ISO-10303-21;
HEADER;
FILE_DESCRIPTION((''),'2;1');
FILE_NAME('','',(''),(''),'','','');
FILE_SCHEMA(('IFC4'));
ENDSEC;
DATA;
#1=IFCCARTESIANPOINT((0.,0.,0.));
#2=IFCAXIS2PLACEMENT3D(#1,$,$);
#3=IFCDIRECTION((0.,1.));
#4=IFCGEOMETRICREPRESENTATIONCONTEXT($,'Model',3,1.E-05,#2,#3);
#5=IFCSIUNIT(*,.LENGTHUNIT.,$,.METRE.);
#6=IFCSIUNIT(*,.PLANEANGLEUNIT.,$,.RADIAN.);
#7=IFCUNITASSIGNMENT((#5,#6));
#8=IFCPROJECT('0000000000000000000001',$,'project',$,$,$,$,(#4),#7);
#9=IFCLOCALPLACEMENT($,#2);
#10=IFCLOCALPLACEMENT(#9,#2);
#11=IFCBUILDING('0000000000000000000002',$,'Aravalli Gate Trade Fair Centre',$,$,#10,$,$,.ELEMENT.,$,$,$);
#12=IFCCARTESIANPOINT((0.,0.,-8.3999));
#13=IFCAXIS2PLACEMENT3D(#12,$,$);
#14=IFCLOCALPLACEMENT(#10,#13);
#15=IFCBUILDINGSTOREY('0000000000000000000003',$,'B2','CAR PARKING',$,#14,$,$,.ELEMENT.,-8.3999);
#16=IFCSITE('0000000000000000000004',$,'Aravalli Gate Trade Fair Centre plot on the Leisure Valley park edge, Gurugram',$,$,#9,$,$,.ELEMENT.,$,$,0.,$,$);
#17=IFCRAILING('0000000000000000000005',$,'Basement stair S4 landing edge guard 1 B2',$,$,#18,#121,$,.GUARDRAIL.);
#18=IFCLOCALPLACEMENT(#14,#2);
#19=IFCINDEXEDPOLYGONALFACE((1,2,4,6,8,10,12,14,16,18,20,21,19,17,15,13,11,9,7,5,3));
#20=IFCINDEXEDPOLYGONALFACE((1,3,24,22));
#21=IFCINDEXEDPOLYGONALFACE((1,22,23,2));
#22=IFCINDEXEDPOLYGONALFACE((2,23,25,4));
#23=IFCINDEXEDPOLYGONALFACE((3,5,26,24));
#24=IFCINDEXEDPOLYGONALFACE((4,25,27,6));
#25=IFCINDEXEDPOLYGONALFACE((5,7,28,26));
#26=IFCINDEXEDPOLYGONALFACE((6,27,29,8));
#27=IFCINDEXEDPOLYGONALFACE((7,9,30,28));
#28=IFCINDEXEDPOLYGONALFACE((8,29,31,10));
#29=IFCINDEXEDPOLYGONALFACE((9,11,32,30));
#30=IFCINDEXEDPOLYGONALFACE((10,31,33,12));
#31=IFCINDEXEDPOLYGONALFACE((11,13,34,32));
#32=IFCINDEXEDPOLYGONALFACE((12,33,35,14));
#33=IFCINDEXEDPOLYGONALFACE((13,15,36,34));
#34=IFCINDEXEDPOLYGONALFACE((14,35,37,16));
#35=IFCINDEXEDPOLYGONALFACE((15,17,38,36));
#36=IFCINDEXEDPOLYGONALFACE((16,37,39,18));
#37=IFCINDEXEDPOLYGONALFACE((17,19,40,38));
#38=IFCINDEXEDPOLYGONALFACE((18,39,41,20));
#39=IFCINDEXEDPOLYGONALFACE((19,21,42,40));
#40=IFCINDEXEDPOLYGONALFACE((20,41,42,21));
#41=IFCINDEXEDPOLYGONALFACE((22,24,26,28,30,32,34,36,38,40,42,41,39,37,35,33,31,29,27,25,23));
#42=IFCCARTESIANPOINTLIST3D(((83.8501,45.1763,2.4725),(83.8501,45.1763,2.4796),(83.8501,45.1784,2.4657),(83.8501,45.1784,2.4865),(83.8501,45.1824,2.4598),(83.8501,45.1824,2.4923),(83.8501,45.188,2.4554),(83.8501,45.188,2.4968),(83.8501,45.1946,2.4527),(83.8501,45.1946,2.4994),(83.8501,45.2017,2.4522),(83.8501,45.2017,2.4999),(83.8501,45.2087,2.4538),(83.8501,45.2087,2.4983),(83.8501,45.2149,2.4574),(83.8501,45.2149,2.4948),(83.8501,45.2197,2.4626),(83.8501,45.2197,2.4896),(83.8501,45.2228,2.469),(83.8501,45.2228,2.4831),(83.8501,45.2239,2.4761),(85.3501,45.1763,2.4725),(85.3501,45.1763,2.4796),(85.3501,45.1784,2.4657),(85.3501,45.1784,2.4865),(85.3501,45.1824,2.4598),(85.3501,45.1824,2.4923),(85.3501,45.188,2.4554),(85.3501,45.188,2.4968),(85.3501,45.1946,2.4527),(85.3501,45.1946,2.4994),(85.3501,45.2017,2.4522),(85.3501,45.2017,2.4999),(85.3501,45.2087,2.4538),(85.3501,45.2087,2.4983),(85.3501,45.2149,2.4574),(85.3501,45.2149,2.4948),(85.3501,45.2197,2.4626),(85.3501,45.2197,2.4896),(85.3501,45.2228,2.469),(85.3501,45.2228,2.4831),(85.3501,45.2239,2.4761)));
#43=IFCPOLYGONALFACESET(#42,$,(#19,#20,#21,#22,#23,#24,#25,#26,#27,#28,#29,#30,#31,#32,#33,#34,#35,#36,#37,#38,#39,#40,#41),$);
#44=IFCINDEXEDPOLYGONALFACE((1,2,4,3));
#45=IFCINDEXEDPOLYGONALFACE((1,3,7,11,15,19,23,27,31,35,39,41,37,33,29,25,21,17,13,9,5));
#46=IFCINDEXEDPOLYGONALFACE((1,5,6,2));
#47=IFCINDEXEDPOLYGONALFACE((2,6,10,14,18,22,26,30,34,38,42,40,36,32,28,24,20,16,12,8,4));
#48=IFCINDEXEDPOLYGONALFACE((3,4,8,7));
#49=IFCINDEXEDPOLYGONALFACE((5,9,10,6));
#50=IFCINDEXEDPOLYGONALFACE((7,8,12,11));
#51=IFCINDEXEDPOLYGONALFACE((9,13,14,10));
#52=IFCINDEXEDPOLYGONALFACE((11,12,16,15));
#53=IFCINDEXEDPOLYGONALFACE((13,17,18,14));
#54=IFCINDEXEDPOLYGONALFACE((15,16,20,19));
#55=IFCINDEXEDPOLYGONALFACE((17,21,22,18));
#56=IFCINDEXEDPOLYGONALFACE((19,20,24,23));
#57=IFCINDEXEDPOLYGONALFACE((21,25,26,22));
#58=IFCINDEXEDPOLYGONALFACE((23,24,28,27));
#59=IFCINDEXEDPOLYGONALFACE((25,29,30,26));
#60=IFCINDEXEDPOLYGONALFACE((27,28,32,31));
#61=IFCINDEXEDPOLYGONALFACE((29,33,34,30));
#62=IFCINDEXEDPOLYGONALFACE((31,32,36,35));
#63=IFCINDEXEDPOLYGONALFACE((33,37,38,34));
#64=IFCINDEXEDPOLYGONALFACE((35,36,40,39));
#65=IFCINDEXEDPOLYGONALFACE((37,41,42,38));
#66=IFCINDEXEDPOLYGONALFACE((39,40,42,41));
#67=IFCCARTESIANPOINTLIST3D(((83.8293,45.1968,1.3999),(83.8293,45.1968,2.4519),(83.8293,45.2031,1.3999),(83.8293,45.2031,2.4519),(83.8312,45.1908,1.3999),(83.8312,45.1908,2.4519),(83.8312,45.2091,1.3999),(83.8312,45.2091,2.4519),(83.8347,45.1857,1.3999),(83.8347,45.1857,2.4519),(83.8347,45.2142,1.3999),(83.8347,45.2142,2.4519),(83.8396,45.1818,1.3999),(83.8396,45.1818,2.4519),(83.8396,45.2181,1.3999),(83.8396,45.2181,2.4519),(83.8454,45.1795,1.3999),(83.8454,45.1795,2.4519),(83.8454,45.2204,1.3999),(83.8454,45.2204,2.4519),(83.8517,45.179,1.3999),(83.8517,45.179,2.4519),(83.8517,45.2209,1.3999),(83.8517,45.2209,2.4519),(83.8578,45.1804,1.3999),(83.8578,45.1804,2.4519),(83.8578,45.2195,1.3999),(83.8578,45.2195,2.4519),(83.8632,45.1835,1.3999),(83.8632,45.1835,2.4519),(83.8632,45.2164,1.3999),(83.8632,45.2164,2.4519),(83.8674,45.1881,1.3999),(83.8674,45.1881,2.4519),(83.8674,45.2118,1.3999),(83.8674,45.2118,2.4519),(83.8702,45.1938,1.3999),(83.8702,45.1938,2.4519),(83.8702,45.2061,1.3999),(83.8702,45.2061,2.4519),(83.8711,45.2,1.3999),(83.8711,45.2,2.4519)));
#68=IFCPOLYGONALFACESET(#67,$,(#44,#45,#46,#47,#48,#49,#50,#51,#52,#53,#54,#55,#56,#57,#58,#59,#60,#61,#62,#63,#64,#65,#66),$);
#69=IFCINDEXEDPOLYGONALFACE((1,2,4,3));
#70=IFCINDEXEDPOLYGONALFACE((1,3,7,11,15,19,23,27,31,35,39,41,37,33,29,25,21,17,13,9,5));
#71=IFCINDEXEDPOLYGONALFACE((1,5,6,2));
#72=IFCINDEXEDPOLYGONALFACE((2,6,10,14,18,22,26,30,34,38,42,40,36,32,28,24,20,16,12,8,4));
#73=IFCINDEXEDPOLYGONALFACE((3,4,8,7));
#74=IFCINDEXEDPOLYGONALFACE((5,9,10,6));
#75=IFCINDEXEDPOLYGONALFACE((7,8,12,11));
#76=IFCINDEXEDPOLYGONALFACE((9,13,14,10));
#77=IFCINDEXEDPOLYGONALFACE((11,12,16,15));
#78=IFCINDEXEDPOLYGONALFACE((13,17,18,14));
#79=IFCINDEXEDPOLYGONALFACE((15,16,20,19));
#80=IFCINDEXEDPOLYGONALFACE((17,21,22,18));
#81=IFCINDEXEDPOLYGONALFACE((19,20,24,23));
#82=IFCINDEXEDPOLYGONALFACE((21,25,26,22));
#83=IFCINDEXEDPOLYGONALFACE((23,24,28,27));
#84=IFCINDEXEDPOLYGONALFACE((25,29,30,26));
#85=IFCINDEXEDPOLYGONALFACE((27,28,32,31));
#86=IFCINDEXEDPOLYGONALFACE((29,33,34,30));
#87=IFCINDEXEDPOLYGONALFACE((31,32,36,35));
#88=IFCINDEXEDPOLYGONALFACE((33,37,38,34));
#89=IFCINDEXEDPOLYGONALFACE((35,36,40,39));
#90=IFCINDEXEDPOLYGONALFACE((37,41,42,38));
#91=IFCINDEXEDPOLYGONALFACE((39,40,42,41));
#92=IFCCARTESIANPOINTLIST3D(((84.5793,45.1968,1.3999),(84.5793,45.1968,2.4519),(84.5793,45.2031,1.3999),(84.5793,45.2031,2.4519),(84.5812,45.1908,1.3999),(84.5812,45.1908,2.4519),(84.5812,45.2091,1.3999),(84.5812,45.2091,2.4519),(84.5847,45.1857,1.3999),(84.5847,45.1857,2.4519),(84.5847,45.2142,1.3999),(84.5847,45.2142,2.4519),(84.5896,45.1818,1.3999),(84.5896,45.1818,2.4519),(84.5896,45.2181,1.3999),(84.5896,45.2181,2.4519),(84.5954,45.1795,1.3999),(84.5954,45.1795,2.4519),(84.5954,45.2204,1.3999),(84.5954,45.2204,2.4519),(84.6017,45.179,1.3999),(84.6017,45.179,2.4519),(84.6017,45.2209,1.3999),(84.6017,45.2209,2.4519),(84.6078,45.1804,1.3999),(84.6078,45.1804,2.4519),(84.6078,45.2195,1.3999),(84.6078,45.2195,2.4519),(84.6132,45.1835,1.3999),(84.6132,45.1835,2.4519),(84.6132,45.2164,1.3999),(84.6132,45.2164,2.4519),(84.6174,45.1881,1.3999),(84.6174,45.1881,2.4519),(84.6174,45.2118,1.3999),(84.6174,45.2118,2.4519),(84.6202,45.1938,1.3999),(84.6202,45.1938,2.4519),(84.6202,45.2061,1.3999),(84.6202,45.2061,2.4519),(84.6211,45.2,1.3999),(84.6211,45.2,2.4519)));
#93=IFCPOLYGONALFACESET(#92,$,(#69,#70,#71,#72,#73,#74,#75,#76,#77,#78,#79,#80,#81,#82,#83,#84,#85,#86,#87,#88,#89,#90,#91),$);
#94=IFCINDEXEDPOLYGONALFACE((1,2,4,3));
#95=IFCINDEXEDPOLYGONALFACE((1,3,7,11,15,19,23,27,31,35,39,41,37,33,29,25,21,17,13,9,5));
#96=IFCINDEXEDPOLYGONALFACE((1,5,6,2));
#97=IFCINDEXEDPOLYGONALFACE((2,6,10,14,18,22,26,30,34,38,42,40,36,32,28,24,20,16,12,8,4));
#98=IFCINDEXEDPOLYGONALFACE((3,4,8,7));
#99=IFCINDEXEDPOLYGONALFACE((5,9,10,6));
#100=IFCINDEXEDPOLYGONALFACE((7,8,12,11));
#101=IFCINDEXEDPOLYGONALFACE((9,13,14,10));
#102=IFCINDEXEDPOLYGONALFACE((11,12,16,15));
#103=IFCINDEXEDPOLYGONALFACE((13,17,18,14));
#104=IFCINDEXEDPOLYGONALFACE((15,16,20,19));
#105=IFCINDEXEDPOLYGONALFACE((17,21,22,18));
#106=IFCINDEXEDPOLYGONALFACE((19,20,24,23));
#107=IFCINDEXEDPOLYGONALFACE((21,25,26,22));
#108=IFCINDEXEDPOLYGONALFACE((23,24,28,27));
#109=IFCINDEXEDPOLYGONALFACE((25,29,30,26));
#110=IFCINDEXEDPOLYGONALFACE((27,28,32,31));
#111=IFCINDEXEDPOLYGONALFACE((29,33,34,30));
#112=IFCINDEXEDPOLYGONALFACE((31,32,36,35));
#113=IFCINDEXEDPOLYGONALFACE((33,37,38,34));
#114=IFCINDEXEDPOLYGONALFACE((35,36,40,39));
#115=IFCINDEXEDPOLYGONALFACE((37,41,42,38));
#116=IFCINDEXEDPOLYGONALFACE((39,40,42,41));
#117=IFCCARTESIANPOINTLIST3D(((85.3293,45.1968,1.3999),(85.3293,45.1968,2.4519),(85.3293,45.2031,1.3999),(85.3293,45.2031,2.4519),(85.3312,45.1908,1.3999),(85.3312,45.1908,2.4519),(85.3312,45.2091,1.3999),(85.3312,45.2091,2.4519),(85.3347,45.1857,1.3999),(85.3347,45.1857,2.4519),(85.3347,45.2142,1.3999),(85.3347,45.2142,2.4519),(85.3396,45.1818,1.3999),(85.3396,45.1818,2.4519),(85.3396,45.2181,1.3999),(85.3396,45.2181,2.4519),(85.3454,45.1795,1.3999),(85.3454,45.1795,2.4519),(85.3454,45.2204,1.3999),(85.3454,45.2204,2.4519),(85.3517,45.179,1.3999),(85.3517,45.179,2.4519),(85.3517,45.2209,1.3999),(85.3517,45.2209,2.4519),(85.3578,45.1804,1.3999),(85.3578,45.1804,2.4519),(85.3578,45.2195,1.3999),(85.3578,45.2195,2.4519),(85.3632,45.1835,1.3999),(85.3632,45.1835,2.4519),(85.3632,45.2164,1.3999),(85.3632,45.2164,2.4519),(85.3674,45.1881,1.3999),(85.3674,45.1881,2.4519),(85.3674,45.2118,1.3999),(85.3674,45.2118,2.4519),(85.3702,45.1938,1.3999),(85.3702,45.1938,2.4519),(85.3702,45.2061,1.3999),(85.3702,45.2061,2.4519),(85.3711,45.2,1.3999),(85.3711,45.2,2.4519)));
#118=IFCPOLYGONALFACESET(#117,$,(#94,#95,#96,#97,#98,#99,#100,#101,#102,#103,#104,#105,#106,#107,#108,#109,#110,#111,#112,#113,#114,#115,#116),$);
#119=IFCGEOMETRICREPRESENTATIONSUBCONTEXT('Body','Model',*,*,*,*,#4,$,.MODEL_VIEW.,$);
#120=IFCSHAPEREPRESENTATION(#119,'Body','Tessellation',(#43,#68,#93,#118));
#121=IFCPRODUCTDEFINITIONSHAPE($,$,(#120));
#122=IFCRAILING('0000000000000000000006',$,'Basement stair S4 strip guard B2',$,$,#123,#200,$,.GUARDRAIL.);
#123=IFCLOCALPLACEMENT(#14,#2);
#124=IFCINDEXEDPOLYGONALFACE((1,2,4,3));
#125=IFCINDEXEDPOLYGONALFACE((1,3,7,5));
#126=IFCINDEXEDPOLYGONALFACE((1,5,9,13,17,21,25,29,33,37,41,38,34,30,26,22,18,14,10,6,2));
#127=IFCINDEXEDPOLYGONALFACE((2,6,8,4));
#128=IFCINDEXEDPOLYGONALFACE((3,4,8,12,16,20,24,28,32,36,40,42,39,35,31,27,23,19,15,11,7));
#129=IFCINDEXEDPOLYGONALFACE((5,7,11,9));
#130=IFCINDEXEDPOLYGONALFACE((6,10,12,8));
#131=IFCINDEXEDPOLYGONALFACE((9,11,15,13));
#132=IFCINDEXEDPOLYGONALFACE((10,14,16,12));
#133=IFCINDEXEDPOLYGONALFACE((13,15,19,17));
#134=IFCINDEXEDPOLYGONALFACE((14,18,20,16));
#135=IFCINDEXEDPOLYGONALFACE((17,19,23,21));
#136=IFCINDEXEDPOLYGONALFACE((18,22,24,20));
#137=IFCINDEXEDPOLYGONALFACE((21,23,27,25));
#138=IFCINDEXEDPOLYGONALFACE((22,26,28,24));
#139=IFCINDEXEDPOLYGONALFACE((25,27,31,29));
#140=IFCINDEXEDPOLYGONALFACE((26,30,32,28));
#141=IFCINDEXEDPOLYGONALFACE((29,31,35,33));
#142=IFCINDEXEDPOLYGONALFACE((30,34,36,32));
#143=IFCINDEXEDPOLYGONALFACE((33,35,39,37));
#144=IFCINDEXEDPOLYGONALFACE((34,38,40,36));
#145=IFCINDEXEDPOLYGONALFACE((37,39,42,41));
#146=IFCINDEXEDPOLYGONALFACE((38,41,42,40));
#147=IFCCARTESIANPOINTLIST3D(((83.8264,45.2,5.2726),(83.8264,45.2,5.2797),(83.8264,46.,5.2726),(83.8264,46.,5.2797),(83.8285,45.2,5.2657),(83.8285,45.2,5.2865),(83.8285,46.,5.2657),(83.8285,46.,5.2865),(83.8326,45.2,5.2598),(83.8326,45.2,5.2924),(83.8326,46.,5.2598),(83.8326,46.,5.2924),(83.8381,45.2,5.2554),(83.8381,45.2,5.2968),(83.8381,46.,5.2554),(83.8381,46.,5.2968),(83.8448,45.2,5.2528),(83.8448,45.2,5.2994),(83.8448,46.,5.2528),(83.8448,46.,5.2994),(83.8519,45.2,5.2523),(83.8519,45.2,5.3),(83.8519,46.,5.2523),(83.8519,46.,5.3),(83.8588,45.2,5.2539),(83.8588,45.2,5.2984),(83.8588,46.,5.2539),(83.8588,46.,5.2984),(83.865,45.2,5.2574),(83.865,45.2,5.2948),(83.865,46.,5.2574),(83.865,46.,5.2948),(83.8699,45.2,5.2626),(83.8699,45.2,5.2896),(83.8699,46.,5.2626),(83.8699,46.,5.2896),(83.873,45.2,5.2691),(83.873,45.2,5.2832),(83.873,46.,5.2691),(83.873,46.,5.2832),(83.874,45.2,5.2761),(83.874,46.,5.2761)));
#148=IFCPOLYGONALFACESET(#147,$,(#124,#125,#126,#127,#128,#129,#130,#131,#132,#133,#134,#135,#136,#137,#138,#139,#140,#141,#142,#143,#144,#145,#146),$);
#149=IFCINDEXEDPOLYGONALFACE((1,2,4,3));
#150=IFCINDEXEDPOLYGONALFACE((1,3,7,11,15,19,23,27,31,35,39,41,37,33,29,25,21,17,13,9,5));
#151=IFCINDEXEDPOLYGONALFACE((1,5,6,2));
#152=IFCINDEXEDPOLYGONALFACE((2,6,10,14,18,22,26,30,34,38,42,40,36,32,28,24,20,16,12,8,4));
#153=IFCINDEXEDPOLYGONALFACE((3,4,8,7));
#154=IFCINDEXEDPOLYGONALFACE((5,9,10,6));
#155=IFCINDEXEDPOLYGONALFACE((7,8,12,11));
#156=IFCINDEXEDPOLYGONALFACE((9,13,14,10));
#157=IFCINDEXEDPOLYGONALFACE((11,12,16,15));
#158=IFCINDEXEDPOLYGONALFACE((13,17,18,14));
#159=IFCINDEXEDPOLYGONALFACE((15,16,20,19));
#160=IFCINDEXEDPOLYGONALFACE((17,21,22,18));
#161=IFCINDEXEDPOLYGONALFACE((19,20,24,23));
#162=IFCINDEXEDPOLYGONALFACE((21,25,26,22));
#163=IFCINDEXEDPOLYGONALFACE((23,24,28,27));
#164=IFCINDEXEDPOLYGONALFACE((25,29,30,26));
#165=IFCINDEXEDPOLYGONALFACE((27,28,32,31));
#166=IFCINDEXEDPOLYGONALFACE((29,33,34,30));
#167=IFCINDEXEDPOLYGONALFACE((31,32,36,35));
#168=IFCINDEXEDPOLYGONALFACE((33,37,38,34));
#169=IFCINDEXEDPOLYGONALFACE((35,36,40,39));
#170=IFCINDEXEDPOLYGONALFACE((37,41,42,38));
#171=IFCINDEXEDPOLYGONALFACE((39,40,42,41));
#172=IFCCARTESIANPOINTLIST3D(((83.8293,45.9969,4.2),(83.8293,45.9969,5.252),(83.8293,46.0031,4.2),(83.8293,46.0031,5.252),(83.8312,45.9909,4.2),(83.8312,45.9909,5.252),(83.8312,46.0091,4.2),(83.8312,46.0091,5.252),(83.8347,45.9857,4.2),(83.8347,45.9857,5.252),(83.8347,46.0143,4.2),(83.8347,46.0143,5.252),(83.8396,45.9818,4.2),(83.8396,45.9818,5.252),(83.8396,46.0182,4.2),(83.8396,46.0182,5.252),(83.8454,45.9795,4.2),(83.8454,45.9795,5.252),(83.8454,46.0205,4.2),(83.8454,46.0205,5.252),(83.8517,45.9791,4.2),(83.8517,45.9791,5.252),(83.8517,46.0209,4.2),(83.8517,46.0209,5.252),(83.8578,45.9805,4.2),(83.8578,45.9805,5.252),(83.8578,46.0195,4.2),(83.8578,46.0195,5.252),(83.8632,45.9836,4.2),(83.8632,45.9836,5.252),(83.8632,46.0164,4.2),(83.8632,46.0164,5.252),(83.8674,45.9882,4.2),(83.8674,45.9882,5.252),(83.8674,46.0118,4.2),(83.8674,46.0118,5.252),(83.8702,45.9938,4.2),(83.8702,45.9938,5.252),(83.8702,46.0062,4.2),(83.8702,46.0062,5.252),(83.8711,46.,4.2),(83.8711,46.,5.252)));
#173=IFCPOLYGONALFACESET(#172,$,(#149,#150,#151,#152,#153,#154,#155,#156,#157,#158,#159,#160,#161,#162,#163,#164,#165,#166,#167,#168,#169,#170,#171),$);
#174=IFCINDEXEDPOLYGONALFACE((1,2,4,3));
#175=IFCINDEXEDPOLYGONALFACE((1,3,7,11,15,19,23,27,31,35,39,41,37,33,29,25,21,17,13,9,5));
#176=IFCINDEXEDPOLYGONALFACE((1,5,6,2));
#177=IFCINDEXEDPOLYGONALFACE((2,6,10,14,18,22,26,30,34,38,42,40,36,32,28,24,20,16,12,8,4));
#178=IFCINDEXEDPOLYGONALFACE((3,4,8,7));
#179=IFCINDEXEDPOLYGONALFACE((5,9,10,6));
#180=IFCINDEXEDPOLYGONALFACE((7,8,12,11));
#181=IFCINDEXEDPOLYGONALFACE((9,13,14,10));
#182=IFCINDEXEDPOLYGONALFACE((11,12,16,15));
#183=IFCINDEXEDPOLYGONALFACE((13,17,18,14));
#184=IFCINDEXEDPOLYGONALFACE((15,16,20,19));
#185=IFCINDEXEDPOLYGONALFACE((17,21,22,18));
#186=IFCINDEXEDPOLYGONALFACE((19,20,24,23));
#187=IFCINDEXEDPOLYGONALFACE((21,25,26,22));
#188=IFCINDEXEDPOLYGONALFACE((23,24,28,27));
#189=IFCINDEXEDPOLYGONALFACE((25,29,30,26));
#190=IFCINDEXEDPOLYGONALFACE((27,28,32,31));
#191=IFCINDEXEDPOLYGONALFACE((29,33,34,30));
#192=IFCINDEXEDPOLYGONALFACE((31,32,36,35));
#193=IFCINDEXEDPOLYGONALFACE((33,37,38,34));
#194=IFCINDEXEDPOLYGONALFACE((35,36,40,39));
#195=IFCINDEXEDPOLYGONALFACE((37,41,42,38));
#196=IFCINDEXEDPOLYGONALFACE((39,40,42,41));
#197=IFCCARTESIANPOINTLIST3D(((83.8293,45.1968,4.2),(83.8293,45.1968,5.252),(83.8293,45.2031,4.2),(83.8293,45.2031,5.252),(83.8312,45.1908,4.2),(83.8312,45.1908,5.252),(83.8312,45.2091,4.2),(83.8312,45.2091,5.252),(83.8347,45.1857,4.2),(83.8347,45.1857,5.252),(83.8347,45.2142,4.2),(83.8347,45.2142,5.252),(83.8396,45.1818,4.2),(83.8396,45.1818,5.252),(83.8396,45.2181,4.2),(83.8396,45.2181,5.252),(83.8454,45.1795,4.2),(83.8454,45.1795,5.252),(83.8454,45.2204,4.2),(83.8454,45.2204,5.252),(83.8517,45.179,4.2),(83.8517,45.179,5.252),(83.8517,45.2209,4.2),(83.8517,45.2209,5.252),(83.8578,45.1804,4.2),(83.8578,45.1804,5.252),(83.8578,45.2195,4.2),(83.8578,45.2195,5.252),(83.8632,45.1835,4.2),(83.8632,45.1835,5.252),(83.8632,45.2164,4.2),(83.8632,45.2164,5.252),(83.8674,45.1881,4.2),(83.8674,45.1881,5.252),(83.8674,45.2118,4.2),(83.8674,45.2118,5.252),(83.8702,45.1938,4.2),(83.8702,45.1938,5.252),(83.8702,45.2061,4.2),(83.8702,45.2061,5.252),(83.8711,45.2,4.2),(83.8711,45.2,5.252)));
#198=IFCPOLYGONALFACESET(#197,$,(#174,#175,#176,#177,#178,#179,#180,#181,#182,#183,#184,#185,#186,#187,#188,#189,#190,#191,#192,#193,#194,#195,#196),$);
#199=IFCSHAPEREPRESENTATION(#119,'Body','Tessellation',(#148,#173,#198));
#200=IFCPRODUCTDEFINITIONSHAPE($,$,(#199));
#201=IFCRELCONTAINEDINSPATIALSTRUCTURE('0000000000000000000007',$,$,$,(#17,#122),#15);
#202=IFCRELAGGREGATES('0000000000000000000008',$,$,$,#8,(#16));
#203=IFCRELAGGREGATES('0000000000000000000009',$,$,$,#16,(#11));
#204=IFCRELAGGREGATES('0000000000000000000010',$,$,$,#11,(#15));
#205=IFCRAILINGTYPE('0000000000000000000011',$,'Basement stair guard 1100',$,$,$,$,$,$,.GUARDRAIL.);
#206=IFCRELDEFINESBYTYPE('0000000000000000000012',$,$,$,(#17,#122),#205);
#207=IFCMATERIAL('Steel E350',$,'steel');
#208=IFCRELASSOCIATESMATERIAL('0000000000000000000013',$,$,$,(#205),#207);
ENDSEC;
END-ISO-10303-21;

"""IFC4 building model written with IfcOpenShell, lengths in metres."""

from ifc_helpers import new_model, si_unit, direction, frame, origin, origin_2d, place, context, subcontext, project, spatial, circle, extrude, material, type_object, element, save


model = new_model("IFC4")

# Units and contexts
model_context = context("Model", 3, precision=1e-05, world=origin(), true_north=direction((0.0, 1.0)))
body_context = subcontext(model_context, "Body", "Model", "MODEL_VIEW")
ifc_project = project(units=[si_unit("LENGTHUNIT", "METRE"), si_unit("PLANEANGLEUNIT", "RADIAN")], contexts=[model_context])

# Site, building, storey
site_placement = place(None, origin())
site = spatial("IfcSite", under=ifc_project, at=site_placement, Name="Aravalli Gate Trade Fair Centre plot on the Leisure Valley park edge, Gurugram", CompositionType="ELEMENT", RefElevation=0.0)
building_placement = place(site_placement, origin())
building = spatial("IfcBuilding", under=site, at=building_placement, Name="Aravalli Gate Trade Fair Centre", CompositionType="ELEMENT")
storey_placement = place(building_placement, frame((0.0, 0.0, -8.3999)))
storey = spatial("IfcBuildingStorey", under=building, at=storey_placement, Name="B2", Description="CAR PARKING", CompositionType="ELEMENT", Elevation=-8.3999)

# Railings
ifc_material_1 = material(Name="Steel E350", Category="steel")
railing_type_1 = type_object("IfcRailingType", Name="Basement stair guard 1100", PredefinedType="GUARDRAIL", material=ifc_material_1)
railing_1_placement = place(storey_placement, frame((83.8501, 45.2, 1.3999)))
element("IfcRailing", 1, at=railing_1_placement, inside=storey, type_object=railing_type_1, Name="Basement stair S4 landing edge guard 1 B2", PredefinedType="GUARDRAIL", context=body_context, shape_type="SweptSolid", body=[
    extrude(circle(Radius=0.0239, at=origin_2d()), frame((0.0, 0.0, 1.0762), z_axis=(1.0, 0.0, 0.0), x_axis=(0.0, 1.0, 0.0)), (0.0, 0.0, 1.0), 1.5),
    extrude(circle(Radius=0.021, at=origin_2d()), origin(), (0.0, 0.0, 1.0), 1.052),
    extrude(circle(Radius=0.021, at=origin_2d()), frame((0.75, 0.0, 0.0)), (0.0, 0.0, 1.0), 1.052),
    extrude(circle(Radius=0.021, at=origin_2d()), frame((1.5, 0.0, 0.0)), (0.0, 0.0, 1.0), 1.052),
])
railing_2_placement = place(storey_placement, frame((83.8501, 46.0, 4.2)))
element("IfcRailing", 2, at=railing_2_placement, inside=storey, type_object=railing_type_1, Name="Basement stair S4 strip guard B2", PredefinedType="GUARDRAIL", context=body_context, shape_type="SweptSolid", body=[
    extrude(circle(Radius=0.0239, at=origin_2d()), frame((0.0, 0.0, 1.0762), z_axis=(0.0, -1.0, 0.0), x_axis=(1.0, 0.0, 0.0)), (0.0, 0.0, 1.0), 0.8),
    extrude(circle(Radius=0.021, at=origin_2d()), origin(), (0.0, 0.0, 1.0), 1.052),
    extrude(circle(Radius=0.021, at=origin_2d()), frame((0.0, -0.8, 0.0)), (0.0, 0.0, 1.0), 1.052),
])

save(model, "model.ifc")
